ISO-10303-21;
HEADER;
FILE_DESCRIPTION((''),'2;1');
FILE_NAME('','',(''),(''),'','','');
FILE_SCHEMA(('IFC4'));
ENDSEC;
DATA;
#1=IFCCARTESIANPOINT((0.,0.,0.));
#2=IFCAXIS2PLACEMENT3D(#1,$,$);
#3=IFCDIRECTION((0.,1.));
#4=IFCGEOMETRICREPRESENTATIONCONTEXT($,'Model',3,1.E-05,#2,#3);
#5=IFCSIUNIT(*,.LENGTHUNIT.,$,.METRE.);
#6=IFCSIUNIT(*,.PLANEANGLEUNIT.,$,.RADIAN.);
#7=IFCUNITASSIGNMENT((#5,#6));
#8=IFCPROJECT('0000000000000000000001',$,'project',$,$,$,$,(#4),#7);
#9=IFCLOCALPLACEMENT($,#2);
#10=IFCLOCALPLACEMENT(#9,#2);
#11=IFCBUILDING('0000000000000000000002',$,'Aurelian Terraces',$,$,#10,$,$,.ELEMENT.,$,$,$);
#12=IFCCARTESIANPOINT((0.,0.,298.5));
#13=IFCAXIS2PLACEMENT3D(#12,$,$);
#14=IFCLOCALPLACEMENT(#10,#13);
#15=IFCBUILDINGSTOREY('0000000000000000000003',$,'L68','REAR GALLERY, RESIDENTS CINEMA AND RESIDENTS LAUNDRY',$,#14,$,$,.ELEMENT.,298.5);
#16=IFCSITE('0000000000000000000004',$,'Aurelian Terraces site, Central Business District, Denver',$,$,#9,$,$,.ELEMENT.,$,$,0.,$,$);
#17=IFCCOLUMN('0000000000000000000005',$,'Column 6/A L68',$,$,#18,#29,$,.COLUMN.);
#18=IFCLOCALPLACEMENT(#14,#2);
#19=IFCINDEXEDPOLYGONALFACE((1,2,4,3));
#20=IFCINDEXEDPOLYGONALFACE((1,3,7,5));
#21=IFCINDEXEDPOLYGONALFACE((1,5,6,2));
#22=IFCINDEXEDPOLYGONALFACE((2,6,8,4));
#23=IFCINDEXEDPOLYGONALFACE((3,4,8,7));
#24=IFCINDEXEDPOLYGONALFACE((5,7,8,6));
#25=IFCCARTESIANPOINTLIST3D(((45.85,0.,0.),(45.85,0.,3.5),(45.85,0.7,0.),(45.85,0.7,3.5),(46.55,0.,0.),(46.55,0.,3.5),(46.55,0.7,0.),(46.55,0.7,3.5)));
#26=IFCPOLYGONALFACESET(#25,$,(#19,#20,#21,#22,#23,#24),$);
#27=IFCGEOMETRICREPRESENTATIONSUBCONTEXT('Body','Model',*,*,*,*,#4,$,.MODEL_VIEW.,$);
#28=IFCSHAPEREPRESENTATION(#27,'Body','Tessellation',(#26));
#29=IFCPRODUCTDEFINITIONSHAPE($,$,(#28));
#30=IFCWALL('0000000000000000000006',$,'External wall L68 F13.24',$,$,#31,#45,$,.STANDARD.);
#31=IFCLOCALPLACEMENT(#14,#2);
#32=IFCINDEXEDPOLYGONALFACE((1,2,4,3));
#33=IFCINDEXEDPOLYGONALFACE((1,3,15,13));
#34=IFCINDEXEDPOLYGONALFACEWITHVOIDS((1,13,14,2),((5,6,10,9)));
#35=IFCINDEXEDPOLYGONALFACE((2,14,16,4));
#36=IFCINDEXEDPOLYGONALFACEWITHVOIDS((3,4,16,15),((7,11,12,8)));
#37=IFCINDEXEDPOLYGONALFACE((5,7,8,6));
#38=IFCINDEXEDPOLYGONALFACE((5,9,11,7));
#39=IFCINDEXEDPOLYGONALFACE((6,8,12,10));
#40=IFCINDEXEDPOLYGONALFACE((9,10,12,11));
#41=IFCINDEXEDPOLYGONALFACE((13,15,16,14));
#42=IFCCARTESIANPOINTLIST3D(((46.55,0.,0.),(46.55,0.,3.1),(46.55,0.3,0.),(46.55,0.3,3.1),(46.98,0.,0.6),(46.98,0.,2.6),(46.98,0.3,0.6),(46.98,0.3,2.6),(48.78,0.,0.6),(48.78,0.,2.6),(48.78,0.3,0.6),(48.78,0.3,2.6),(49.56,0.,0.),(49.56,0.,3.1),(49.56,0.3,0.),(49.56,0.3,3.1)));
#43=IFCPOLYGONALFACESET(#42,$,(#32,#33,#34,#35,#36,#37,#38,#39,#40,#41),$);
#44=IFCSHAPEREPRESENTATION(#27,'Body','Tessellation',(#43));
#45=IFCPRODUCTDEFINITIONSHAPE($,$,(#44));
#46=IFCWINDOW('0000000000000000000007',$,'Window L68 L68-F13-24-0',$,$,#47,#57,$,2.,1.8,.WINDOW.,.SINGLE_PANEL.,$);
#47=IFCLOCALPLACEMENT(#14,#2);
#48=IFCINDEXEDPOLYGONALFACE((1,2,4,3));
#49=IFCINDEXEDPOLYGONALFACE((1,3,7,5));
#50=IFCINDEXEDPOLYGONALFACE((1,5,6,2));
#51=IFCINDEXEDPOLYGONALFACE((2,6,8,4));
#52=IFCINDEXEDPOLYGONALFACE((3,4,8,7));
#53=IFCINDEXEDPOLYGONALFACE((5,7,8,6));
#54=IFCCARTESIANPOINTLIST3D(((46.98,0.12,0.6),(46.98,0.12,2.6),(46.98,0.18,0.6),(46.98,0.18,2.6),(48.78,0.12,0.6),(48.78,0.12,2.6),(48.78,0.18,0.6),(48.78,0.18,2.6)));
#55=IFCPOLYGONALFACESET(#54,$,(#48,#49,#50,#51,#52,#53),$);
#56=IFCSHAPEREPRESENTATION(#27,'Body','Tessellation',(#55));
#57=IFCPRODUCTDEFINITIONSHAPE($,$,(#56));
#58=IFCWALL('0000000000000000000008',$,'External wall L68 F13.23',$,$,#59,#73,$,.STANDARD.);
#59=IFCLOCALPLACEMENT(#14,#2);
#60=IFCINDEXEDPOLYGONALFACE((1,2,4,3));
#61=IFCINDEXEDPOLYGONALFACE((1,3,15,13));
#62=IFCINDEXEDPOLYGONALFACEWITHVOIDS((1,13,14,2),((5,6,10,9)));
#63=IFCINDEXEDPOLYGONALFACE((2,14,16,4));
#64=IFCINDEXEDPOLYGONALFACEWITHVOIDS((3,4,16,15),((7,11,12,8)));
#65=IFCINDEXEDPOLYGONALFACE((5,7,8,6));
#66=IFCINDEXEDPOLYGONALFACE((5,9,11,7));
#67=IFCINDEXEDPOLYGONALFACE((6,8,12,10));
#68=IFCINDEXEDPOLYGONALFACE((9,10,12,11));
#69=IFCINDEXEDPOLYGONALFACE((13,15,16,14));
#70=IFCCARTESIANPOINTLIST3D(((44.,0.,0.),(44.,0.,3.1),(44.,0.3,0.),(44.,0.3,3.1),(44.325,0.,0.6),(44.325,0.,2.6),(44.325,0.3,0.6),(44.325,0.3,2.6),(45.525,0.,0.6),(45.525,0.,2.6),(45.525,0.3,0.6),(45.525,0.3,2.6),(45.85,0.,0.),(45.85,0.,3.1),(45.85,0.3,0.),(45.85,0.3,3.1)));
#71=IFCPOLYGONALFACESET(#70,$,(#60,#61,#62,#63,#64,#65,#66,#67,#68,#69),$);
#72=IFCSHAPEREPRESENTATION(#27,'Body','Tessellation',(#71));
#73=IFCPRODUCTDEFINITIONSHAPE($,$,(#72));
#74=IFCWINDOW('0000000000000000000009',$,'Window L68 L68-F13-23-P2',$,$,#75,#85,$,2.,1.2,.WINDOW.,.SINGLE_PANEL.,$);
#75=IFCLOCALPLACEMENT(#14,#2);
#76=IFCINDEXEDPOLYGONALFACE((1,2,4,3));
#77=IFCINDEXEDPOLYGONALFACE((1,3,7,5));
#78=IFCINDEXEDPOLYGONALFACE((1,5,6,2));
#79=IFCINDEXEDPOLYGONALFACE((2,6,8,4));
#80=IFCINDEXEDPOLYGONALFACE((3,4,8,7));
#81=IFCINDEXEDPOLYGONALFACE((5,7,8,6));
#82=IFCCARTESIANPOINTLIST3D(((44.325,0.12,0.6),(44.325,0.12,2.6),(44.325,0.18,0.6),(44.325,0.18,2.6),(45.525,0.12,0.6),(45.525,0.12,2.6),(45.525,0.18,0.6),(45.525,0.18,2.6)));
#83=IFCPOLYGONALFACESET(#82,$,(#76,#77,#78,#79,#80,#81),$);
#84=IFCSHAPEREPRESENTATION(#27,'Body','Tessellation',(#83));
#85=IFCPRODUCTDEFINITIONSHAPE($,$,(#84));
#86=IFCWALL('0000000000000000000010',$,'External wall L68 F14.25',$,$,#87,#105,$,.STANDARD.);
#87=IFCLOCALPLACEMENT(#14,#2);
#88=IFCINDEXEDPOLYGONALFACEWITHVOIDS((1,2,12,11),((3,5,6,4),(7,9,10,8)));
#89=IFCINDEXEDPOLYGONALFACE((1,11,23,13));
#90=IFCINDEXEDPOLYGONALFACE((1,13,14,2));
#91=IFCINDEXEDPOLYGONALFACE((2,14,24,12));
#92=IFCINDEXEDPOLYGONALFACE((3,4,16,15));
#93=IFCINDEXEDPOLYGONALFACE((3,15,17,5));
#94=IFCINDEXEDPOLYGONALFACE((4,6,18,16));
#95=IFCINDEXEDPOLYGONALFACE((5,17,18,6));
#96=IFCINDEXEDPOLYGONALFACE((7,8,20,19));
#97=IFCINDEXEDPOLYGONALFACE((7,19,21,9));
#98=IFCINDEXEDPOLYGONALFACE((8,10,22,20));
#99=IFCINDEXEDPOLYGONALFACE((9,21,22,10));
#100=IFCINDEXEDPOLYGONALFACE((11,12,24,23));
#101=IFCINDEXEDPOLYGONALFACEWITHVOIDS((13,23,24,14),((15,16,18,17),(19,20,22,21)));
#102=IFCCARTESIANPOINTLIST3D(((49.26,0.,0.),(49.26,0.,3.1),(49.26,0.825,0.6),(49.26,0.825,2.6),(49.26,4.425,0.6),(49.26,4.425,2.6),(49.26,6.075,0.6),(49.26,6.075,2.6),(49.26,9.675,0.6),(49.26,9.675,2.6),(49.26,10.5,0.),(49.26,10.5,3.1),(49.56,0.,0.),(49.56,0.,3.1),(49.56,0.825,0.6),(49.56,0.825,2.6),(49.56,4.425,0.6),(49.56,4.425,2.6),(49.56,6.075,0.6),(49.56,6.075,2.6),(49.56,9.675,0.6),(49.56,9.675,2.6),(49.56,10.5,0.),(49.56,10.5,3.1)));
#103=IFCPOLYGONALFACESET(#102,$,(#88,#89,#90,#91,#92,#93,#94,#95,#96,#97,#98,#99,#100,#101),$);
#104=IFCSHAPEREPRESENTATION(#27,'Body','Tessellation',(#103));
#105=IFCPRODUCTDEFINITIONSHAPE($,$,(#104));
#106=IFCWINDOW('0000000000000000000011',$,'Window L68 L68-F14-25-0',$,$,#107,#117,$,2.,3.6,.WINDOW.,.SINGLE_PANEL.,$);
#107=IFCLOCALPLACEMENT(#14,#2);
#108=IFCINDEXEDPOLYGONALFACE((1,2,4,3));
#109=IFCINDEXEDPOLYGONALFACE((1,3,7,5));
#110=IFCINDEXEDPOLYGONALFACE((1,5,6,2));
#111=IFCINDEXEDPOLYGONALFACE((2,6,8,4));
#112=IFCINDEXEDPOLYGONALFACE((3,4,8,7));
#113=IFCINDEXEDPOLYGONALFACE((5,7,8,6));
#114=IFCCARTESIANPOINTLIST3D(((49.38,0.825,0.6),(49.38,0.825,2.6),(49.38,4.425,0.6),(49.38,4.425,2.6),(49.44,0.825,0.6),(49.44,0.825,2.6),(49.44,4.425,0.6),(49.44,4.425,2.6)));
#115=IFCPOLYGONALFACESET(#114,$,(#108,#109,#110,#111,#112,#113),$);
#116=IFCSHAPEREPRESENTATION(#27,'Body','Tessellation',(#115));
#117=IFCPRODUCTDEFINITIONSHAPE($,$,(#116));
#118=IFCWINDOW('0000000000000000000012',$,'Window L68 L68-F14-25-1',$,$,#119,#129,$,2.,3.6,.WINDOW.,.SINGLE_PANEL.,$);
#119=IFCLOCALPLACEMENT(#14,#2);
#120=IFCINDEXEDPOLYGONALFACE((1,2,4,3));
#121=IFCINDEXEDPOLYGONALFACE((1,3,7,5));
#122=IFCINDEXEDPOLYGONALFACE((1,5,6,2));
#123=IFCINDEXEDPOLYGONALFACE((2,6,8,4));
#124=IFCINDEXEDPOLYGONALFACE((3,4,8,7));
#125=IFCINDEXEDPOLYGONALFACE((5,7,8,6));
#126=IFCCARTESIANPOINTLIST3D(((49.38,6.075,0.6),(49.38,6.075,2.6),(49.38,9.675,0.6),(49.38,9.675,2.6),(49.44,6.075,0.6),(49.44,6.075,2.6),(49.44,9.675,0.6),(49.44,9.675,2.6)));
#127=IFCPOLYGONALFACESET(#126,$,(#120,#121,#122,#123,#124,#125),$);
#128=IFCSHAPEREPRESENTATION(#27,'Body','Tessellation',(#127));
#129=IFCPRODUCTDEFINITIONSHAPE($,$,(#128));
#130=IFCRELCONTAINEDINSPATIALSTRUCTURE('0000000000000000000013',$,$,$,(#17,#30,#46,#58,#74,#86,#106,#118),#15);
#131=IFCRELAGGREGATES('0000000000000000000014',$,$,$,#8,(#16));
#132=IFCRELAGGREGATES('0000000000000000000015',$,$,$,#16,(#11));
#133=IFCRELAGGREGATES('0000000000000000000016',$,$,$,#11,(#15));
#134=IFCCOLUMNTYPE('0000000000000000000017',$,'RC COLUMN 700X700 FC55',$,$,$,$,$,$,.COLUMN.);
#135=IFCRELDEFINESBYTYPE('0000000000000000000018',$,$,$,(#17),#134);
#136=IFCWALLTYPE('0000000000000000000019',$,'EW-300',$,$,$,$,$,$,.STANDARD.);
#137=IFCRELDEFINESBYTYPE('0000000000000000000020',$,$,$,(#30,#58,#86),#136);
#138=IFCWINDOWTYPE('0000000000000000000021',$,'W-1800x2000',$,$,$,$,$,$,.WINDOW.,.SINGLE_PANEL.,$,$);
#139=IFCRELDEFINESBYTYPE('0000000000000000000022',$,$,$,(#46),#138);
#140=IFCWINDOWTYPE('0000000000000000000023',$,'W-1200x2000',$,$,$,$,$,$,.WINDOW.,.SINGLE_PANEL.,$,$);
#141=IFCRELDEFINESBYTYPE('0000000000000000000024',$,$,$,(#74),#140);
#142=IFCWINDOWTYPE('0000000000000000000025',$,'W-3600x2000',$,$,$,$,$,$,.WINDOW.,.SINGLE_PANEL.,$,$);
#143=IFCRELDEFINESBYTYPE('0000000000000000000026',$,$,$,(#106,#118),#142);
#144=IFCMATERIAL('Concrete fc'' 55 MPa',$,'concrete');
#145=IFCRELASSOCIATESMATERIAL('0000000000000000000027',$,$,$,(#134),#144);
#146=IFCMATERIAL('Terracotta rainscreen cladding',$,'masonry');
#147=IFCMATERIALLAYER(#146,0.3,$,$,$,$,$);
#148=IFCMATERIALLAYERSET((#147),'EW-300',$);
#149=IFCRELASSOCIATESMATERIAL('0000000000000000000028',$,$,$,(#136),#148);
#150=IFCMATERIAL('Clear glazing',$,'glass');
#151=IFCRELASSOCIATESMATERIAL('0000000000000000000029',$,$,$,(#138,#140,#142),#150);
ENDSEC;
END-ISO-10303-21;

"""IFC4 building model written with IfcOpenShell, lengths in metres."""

from ifc_helpers import new_model, si_unit, direction, frame, frame_2d, origin, origin_2d, place, context, subcontext, project, spatial, rectangle, extrude, source, transform, mapped, material, layer, layer_set, material_profile, profile_set, type_object, element, fill, save


model = new_model("IFC4")

# Units and contexts
model_context = context("Model", 3, precision=1e-05, world=origin(), true_north=direction((0.0, 1.0)))
body_context = subcontext(model_context, "Body", "Model", "MODEL_VIEW")
ifc_project = project(units=[si_unit("LENGTHUNIT", "METRE"), si_unit("PLANEANGLEUNIT", "RADIAN")], contexts=[model_context])

# Site, building, storey
site_placement = place(None, origin())
site = spatial("IfcSite", under=ifc_project, at=site_placement, Name="Aurelian Terraces site, Central Business District, Denver", CompositionType="ELEMENT", RefElevation=0.0)
building_placement = place(site_placement, origin())
building = spatial("IfcBuilding", under=site, at=building_placement, Name="Aurelian Terraces", CompositionType="ELEMENT")
storey_placement = place(building_placement, frame((0.0, 0.0, 298.5)))
storey = spatial("IfcBuildingStorey", under=building, at=storey_placement, Name="L68", Description="REAR GALLERY, RESIDENTS CINEMA AND RESIDENTS LAUNDRY", CompositionType="ELEMENT", Elevation=298.5)

# Column
ifc_material_1 = material(Name="Concrete fc' 55 MPa", Category="concrete")
ifc_material_profile = material_profile(ifc_material_1, rectangle(XDim=0.7, YDim=0.7, at=origin_2d()))
ifc_profile_set = profile_set([ifc_material_profile], Name="Concrete fc' 55 MPa")
column_type = type_object("IfcColumnType", Name="RC COLUMN 700X700 FC55", PredefinedType="COLUMN", material=ifc_profile_set)
shared_shape_1 = source(origin(), body_context, "Body", "SweptSolid", [
    extrude(rectangle(XDim=0.7, YDim=0.7, at=origin_2d()), origin(), (0.0, 0.0, 1.0), 3.5),
])
column_placement = place(storey_placement, frame((46.2, 0.35, 0.0), z_axis=(0.0, 0.0, 1.0), x_axis=(1.0, 0.0, 0.0)))
element("IfcColumn", 1, at=column_placement, inside=storey, type_object=column_type, Name="Column 6/A L68", PredefinedType="COLUMN", context=body_context, shape_type="MappedRepresentation", body=[
    mapped(shared_shape_1, transform((0.0, 0.0, 0.0), scale=1.0)),
])

# Walls, openings, windows
ifc_material_2 = material(Name="Terracotta rainscreen cladding", Category="masonry")
ifc_layer_1 = layer(ifc_material_2, 0.3)
ifc_layer_set_1 = layer_set([ifc_layer_1], Name="EW-300")
wall_type_1 = type_object("IfcWallType", Name="EW-300", PredefinedType="STANDARD", material=ifc_layer_set_1)
shared_shape_2 = source(origin(), body_context, "Body", "SweptSolid", [
    extrude(rectangle(XDim=3.01, YDim=0.3, at=frame_2d((1.505, 0.0))), origin(), (0.0, 0.0, 1.0), 3.1),
])
wall_1_placement = place(storey_placement, frame((46.55, 0.15, 0.0), z_axis=(0.0, 0.0, 1.0), x_axis=(1.0, 0.0, 0.0)))
wall_1 = element("IfcWall", 2, at=wall_1_placement, inside=storey, type_object=wall_type_1, Name="External wall L68 F13.24", PredefinedType="STANDARD", context=body_context, shape_type="MappedRepresentation", body=[
    mapped(shared_shape_2, transform((0.0, 0.0, 0.0), scale=1.0)),
])
shared_shape_3 = source(origin(), body_context, "Body", "SweptSolid", [
    extrude(rectangle(XDim=1.8, YDim=2.0, at=frame_2d((0.9, 1.0))), frame((0.0, 0.16, 0.0), z_axis=(0.0, -1.0, 0.0), x_axis=(1.0, 0.0, 0.0)), (0.0, 0.0, 1.0), 0.32),
])
opening_1_placement = place(wall_1_placement, frame((0.43, 0.0, 0.6)))
opening_1 = element("IfcOpeningElement", 3, at=opening_1_placement, cuts=wall_1, PredefinedType="OPENING", context=body_context, shape_type="MappedRepresentation", body=[
    mapped(shared_shape_3, transform((0.0, 0.0, 0.0), scale=1.0)),
])
ifc_material_3 = material(Name="Clear glazing", Category="glass")
window_type_1 = type_object("IfcWindowType", Name="W-1800x2000", PartitioningType="SINGLE_PANEL", PredefinedType="WINDOW", material=ifc_material_3)
shared_shape_4 = source(origin(), body_context, "Body", "SweptSolid", [
    extrude(rectangle(XDim=1.8, YDim=2.0, at=frame_2d((0.9, 1.0))), frame((0.0, 0.03, 0.0), z_axis=(0.0, -1.0, 0.0), x_axis=(1.0, 0.0, 0.0)), (0.0, 0.0, 1.0), 0.06),
])
window_1_placement = place(opening_1_placement, origin())
window_1 = element("IfcWindow", 4, at=window_1_placement, inside=storey, type_object=window_type_1, Name="Window L68 L68-F13-24-0", OverallHeight=2.0, OverallWidth=1.8, PartitioningType="SINGLE_PANEL", PredefinedType="WINDOW", context=body_context, shape_type="MappedRepresentation", body=[
    mapped(shared_shape_4, transform((0.0, 0.0, 0.0), scale=1.0)),
])
fill(opening_1, window_1)
shared_shape_5 = source(origin(), body_context, "Body", "SweptSolid", [
    extrude(rectangle(XDim=1.85, YDim=0.3, at=frame_2d((0.925, 0.0))), origin(), (0.0, 0.0, 1.0), 3.1),
])
wall_2_placement = place(storey_placement, frame((44.0, 0.15, 0.0), z_axis=(0.0, 0.0, 1.0), x_axis=(1.0, 0.0, 0.0)))
wall_2 = element("IfcWall", 5, at=wall_2_placement, inside=storey, type_object=wall_type_1, Name="External wall L68 F13.23", PredefinedType="STANDARD", context=body_context, shape_type="MappedRepresentation", body=[
    mapped(shared_shape_5, transform((0.0, 0.0, 0.0), scale=1.0)),
])
shared_shape_6 = source(origin(), body_context, "Body", "SweptSolid", [
    extrude(rectangle(XDim=1.2, YDim=2.0, at=frame_2d((0.6, 1.0))), frame((0.0, 0.16, 0.0), z_axis=(0.0, -1.0, 0.0), x_axis=(1.0, 0.0, 0.0)), (0.0, 0.0, 1.0), 0.32),
])
opening_2_placement = place(wall_2_placement, frame((0.325, 0.0, 0.6)))
opening_2 = element("IfcOpeningElement", 6, at=opening_2_placement, cuts=wall_2, PredefinedType="OPENING", context=body_context, shape_type="MappedRepresentation", body=[
    mapped(shared_shape_6, transform((0.0, 0.0, 0.0), scale=1.0)),
])
window_type_2 = type_object("IfcWindowType", Name="W-1200x2000", PartitioningType="SINGLE_PANEL", PredefinedType="WINDOW", material=ifc_material_3)
shared_shape_7 = source(origin(), body_context, "Body", "SweptSolid", [
    extrude(rectangle(XDim=1.2, YDim=2.0, at=frame_2d((0.6, 1.0))), frame((0.0, 0.03, 0.0), z_axis=(0.0, -1.0, 0.0), x_axis=(1.0, 0.0, 0.0)), (0.0, 0.0, 1.0), 0.06),
])
window_2_placement = place(opening_2_placement, origin())
window_2 = element("IfcWindow", 7, at=window_2_placement, inside=storey, type_object=window_type_2, Name="Window L68 L68-F13-23-P2", OverallHeight=2.0, OverallWidth=1.2, PartitioningType="SINGLE_PANEL", PredefinedType="WINDOW", context=body_context, shape_type="MappedRepresentation", body=[
    mapped(shared_shape_7, transform((0.0, 0.0, 0.0), scale=1.0)),
])
fill(opening_2, window_2)

# Wall, openings, windows
shared_shape_8 = source(origin(), body_context, "Body", "SweptSolid", [
    extrude(rectangle(XDim=10.5, YDim=0.3, at=frame_2d((5.25, 0.0))), origin(), (0.0, 0.0, 1.0), 3.1),
])
wall_3_placement = place(storey_placement, frame((49.41, 0.0, 0.0), z_axis=(0.0, 0.0, 1.0), x_axis=(0.0, 1.0, 0.0)))
wall_3 = element("IfcWall", 8, at=wall_3_placement, inside=storey, type_object=wall_type_1, Name="External wall L68 F14.25", PredefinedType="STANDARD", context=body_context, shape_type="MappedRepresentation", body=[
    mapped(shared_shape_8, transform((0.0, 0.0, 0.0), scale=1.0)),
])
shared_shape_9 = source(origin(), body_context, "Body", "SweptSolid", [
    extrude(rectangle(XDim=3.6, YDim=2.0, at=frame_2d((1.8, 1.0))), frame((0.0, 0.16, 0.0), z_axis=(0.0, -1.0, 0.0), x_axis=(1.0, 0.0, 0.0)), (0.0, 0.0, 1.0), 0.32),
])
opening_3_placement = place(wall_3_placement, frame((0.825, 0.0, 0.6)))
opening_3 = element("IfcOpeningElement", 9, at=opening_3_placement, cuts=wall_3, PredefinedType="OPENING", context=body_context, shape_type="MappedRepresentation", body=[
    mapped(shared_shape_9, transform((0.0, 0.0, 0.0), scale=1.0)),
])
opening_4_placement = place(wall_3_placement, frame((6.075, 0.0, 0.6)))
opening_4 = element("IfcOpeningElement", 10, at=opening_4_placement, cuts=wall_3, PredefinedType="OPENING", context=body_context, shape_type="MappedRepresentation", body=[
    mapped(shared_shape_9, transform((0.0, 0.0, 0.0), scale=1.0)),
])
window_type_3 = type_object("IfcWindowType", Name="W-3600x2000", PartitioningType="SINGLE_PANEL", PredefinedType="WINDOW", material=ifc_material_3)
shared_shape_10 = source(origin(), body_context, "Body", "SweptSolid", [
    extrude(rectangle(XDim=3.6, YDim=2.0, at=frame_2d((1.8, 1.0))), frame((0.0, 0.03, 0.0), z_axis=(0.0, -1.0, 0.0), x_axis=(1.0, 0.0, 0.0)), (0.0, 0.0, 1.0), 0.06),
])
window_3_placement = place(opening_3_placement, origin())
window_3 = element("IfcWindow", 11, at=window_3_placement, inside=storey, type_object=window_type_3, Name="Window L68 L68-F14-25-0", OverallHeight=2.0, OverallWidth=3.6, PartitioningType="SINGLE_PANEL", PredefinedType="WINDOW", context=body_context, shape_type="MappedRepresentation", body=[
    mapped(shared_shape_10, transform((0.0, 0.0, 0.0), scale=1.0)),
])
fill(opening_3, window_3)
window_4_placement = place(opening_4_placement, origin())
window_4 = element("IfcWindow", 12, at=window_4_placement, inside=storey, type_object=window_type_3, Name="Window L68 L68-F14-25-1", OverallHeight=2.0, OverallWidth=3.6, PartitioningType="SINGLE_PANEL", PredefinedType="WINDOW", context=body_context, shape_type="MappedRepresentation", body=[
    mapped(shared_shape_10, transform((0.0, 0.0, 0.0), scale=1.0)),
])
fill(opening_4, window_4)

save(model, "model.ifc")
